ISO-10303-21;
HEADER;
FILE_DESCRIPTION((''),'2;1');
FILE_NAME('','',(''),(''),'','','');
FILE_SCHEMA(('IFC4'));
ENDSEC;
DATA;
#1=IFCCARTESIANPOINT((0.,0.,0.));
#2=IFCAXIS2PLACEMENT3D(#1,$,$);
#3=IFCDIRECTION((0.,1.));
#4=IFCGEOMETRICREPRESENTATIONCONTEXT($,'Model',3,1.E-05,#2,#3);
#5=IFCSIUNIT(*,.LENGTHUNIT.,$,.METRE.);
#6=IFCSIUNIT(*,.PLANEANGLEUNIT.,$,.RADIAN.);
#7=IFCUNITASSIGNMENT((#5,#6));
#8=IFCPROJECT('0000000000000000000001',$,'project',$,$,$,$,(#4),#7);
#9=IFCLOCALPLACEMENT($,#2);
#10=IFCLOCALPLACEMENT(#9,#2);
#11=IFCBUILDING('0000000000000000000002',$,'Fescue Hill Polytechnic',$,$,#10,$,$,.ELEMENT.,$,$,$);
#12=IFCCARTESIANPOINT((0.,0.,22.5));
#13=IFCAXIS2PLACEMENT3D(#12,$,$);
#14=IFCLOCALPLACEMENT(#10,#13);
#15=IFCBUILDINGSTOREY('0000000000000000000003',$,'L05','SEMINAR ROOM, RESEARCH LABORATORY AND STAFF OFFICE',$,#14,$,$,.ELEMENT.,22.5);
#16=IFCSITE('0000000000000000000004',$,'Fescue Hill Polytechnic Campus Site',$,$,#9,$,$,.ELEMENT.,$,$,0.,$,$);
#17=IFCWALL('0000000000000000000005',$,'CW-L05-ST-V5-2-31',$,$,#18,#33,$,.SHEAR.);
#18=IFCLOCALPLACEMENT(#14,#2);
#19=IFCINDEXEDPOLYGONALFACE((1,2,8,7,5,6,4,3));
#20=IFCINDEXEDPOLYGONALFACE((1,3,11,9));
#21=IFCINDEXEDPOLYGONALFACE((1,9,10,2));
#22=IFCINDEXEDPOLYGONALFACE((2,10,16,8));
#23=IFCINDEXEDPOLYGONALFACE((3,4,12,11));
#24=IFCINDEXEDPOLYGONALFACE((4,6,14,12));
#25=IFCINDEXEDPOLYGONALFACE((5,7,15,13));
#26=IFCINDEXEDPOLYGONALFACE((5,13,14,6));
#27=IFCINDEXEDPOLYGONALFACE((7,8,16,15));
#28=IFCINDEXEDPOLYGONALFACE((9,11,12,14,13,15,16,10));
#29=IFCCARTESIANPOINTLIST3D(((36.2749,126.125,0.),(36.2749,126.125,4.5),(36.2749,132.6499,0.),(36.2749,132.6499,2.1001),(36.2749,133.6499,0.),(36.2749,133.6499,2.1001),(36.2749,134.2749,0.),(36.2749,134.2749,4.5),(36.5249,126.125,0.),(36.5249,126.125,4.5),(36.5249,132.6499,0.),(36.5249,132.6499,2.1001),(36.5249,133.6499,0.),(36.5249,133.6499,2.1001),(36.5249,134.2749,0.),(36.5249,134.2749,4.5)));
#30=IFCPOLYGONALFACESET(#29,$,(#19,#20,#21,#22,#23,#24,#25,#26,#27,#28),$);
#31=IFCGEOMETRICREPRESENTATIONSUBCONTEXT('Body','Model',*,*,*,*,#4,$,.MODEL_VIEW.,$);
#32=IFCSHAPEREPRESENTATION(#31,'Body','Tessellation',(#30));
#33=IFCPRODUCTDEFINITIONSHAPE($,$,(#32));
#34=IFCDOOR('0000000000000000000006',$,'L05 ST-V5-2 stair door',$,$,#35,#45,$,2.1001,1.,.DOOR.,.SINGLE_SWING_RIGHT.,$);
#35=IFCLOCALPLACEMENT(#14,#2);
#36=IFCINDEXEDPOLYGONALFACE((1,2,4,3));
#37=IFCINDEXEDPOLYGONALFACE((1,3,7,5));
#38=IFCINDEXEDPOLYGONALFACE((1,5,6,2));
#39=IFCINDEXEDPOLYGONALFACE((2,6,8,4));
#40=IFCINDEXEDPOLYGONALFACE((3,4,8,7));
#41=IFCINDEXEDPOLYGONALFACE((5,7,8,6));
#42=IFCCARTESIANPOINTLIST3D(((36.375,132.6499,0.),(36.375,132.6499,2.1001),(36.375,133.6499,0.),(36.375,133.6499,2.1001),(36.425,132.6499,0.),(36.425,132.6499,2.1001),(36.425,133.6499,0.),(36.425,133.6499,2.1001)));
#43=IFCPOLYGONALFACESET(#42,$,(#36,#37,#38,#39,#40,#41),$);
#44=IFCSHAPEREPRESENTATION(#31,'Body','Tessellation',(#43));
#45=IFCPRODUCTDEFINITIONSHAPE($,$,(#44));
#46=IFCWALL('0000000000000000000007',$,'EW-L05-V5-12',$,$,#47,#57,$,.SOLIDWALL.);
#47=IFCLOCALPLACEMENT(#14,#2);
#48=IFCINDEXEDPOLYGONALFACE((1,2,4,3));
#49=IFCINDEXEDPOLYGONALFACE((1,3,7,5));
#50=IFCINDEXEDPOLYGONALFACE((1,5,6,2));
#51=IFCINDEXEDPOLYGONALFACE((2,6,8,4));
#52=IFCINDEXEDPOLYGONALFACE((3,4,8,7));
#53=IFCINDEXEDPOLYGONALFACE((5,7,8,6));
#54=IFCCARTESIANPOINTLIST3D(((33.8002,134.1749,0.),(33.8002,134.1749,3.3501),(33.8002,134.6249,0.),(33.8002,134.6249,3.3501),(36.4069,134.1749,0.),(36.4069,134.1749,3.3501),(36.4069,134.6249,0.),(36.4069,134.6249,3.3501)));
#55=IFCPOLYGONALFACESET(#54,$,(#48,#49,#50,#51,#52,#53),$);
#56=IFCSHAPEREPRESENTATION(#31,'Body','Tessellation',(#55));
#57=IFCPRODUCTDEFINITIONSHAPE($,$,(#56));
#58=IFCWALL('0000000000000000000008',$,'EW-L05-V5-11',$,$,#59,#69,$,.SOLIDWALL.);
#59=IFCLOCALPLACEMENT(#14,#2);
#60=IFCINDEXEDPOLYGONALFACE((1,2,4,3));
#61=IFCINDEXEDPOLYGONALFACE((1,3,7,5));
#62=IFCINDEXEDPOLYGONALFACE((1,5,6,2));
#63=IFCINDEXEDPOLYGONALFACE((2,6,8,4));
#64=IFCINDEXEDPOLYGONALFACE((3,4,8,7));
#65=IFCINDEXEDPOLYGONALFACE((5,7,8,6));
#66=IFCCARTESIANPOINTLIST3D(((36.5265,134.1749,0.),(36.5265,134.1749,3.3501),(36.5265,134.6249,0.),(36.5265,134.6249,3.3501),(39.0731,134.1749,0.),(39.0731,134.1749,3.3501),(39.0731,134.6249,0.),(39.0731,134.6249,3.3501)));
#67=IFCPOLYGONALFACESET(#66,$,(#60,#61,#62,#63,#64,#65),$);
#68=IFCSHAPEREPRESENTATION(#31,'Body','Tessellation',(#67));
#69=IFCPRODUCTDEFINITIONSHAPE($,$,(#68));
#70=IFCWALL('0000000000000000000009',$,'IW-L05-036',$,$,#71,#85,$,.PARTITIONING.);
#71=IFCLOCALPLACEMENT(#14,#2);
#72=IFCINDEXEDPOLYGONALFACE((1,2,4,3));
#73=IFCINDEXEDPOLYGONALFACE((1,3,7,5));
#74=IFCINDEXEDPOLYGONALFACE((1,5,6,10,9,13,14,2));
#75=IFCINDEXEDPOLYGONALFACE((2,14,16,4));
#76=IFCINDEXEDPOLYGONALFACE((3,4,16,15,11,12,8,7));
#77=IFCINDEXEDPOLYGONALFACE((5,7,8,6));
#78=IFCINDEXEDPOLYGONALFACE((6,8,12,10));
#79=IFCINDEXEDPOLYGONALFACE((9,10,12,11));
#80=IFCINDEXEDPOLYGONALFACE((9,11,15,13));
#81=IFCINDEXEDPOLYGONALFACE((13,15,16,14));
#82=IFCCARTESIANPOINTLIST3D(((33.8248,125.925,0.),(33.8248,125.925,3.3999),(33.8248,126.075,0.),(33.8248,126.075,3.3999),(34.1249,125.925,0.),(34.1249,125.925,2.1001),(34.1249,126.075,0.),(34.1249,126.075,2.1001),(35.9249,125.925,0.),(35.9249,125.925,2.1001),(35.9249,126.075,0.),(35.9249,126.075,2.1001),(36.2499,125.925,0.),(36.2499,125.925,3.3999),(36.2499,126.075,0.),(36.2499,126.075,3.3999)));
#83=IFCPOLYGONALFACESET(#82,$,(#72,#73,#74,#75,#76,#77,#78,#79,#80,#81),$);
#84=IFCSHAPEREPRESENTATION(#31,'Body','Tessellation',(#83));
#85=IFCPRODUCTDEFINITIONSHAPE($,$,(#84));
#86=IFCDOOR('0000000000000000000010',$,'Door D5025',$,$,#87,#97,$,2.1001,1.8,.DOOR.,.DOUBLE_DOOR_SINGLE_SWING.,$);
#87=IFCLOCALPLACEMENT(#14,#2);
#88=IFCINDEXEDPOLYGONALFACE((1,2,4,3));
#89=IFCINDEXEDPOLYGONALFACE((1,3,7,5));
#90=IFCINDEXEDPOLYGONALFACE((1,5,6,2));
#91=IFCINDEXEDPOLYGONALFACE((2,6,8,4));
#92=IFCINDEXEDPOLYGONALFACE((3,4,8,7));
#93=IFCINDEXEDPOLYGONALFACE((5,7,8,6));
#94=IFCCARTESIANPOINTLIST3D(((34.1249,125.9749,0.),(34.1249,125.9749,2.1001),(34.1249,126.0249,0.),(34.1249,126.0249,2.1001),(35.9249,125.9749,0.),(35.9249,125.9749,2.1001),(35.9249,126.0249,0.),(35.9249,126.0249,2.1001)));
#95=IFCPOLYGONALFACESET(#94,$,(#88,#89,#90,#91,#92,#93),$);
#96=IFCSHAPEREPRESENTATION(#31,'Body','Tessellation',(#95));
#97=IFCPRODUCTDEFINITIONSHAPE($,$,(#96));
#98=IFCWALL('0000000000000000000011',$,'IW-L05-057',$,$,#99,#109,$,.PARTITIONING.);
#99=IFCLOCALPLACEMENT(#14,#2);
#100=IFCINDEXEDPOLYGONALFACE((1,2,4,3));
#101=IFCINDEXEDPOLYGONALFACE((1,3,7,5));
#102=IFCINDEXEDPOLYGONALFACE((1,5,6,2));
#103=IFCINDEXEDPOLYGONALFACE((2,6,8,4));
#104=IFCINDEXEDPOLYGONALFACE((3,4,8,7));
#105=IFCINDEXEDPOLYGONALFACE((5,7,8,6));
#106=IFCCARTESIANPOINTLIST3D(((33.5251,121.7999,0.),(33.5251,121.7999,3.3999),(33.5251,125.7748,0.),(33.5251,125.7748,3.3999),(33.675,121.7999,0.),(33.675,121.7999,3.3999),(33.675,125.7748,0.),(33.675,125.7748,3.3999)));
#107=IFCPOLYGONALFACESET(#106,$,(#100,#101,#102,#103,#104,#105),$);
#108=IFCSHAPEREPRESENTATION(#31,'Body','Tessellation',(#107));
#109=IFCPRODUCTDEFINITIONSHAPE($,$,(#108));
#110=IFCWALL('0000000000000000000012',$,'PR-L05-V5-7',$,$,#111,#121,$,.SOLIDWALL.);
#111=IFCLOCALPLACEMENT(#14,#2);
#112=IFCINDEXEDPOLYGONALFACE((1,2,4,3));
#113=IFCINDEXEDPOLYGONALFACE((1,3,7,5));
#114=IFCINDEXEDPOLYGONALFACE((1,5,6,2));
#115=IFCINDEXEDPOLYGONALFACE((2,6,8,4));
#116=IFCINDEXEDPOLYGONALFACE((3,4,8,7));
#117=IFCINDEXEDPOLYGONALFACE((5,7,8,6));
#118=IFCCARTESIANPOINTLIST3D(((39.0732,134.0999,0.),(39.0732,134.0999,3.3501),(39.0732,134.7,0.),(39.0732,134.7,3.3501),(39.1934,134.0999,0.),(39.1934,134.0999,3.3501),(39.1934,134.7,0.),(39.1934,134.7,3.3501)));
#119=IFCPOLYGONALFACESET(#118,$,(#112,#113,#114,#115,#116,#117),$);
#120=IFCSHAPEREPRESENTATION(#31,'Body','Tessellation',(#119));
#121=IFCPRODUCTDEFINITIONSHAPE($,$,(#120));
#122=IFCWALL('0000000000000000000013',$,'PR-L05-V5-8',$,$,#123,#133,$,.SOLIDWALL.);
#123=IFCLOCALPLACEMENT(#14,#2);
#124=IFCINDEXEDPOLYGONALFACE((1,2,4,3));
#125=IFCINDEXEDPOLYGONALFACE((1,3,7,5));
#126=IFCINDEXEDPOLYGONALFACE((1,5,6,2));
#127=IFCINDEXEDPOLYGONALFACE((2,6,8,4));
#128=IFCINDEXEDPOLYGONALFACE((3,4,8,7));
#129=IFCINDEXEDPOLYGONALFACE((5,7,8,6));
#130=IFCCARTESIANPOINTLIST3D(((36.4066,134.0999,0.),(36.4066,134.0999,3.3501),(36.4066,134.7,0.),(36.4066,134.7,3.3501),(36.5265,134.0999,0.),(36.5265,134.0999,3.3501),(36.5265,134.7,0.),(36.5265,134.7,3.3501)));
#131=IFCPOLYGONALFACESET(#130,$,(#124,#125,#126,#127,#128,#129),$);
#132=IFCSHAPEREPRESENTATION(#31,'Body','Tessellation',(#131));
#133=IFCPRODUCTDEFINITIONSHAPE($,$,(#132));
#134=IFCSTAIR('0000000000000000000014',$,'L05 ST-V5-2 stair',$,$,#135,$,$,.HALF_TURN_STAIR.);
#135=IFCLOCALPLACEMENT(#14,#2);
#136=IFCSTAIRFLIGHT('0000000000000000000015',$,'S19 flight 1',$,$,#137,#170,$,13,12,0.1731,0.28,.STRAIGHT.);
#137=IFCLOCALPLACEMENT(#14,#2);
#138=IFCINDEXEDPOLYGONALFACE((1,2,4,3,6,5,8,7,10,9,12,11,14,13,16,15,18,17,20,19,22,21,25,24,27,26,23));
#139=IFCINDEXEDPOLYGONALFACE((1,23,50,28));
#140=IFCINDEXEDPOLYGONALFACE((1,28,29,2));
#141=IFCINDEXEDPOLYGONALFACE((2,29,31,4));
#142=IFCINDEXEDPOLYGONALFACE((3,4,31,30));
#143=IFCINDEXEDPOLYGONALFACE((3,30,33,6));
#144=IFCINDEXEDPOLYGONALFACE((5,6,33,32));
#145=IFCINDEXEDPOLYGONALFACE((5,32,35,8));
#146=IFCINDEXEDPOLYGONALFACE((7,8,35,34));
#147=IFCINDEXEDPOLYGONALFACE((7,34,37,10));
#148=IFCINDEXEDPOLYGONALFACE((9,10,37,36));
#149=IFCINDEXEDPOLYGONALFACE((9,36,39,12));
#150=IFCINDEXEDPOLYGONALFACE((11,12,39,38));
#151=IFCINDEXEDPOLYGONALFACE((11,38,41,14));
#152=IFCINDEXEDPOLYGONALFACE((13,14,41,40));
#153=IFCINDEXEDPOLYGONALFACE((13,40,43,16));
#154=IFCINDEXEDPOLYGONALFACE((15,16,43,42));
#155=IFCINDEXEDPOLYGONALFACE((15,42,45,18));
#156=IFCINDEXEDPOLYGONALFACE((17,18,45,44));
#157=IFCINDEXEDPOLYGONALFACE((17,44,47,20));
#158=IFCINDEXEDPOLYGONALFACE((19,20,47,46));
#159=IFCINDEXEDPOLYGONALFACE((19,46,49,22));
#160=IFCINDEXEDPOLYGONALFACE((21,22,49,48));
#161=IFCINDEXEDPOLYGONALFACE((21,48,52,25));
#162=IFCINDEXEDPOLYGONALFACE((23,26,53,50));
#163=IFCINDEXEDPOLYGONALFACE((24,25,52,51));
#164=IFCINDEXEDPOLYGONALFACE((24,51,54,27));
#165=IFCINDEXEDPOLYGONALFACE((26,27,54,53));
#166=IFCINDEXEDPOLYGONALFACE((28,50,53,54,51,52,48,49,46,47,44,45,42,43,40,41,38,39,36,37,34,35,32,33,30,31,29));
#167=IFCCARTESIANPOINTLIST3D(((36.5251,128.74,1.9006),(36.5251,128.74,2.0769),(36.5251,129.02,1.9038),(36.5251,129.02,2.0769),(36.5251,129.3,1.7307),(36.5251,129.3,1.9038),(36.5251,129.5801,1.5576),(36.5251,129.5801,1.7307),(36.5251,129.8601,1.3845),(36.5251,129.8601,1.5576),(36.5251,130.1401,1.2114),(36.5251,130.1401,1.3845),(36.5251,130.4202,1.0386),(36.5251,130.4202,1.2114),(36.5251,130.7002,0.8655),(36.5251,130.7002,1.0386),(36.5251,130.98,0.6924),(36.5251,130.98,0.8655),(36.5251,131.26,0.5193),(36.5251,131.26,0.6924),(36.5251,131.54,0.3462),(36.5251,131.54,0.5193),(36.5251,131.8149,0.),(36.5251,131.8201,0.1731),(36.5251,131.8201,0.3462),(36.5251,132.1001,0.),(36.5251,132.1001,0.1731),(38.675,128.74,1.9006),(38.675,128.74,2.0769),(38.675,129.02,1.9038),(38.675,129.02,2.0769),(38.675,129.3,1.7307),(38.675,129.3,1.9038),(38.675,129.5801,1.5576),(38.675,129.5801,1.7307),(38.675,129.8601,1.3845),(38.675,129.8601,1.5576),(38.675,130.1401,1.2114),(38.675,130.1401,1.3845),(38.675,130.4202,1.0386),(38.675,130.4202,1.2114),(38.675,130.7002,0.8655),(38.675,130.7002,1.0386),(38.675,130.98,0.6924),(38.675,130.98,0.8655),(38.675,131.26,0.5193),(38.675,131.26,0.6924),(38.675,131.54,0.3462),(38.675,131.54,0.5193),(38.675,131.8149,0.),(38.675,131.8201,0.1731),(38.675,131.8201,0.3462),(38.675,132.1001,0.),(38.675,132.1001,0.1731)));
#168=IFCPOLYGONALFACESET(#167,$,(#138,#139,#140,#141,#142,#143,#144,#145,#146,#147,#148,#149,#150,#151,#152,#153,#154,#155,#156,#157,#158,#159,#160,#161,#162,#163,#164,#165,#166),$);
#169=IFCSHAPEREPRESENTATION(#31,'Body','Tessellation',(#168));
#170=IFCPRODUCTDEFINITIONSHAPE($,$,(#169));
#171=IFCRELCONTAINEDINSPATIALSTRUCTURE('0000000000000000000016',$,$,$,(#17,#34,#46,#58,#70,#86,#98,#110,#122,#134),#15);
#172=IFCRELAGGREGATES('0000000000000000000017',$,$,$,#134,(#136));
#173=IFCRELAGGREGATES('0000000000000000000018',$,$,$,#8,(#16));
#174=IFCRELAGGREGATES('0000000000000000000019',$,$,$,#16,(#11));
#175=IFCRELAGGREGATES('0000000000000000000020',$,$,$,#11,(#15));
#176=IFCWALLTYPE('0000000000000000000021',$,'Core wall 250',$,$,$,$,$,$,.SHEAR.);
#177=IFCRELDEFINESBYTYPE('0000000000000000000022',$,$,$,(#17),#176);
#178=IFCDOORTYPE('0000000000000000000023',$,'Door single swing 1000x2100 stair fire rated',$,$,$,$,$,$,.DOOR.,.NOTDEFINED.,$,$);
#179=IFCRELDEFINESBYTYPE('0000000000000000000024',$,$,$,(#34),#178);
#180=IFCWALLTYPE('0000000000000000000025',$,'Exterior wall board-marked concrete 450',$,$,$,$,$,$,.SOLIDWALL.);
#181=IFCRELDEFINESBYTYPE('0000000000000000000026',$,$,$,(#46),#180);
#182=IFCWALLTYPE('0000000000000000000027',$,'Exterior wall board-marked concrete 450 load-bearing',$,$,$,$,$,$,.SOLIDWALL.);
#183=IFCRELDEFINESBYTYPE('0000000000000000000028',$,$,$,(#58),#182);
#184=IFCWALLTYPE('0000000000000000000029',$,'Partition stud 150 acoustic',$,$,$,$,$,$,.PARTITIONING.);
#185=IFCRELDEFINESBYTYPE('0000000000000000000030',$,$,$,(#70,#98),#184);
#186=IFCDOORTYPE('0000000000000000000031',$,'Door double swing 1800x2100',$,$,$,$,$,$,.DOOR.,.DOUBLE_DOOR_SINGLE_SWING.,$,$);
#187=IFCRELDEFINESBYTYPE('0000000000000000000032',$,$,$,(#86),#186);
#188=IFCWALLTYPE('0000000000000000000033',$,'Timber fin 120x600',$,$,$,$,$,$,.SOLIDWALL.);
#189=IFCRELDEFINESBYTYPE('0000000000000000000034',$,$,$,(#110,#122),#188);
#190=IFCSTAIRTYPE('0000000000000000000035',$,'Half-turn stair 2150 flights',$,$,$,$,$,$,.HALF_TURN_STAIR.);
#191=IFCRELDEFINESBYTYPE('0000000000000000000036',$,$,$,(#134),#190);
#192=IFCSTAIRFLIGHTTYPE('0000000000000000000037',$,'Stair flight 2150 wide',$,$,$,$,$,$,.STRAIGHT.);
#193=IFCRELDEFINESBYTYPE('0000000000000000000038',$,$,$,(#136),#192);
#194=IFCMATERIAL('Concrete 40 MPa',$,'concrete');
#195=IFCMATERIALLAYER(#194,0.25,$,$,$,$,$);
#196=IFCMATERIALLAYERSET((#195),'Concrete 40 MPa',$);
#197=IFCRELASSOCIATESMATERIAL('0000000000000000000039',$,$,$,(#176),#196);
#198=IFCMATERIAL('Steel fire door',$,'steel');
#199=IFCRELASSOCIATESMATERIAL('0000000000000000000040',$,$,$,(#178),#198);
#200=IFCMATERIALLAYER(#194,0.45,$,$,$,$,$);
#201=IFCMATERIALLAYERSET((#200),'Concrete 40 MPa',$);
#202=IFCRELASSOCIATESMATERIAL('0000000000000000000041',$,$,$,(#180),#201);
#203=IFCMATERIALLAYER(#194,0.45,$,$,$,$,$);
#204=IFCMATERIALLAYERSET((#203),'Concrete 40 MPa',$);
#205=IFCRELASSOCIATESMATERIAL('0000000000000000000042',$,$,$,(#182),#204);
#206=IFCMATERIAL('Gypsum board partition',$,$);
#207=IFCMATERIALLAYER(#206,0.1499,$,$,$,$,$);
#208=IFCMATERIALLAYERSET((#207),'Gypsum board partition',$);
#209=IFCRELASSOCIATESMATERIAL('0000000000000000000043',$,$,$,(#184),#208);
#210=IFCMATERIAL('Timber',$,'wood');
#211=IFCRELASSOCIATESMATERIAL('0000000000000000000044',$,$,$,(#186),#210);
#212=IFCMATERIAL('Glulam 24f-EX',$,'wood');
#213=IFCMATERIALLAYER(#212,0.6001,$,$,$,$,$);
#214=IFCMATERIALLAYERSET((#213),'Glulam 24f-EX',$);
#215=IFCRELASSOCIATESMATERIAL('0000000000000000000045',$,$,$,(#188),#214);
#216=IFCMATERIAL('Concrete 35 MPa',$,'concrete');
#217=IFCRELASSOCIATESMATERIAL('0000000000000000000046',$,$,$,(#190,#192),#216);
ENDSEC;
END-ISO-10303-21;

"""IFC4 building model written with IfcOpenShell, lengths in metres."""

from ifc_helpers import new_model, si_unit, direction, frame, frame_2d, origin, place, context, subcontext, project, spatial, polyline, rectangle, outline, extrude, material, layer, layer_set, type_object, element, fill, aggregate, save


model = new_model("IFC4")

# Units and contexts
model_context = context("Model", 3, precision=1e-05, world=origin(), true_north=direction((0.0, 1.0)))
body_context = subcontext(model_context, "Body", "Model", "MODEL_VIEW")
ifc_project = project(units=[si_unit("LENGTHUNIT", "METRE"), si_unit("PLANEANGLEUNIT", "RADIAN")], contexts=[model_context])

# Site, building, storey
site_placement = place(None, origin())
site = spatial("IfcSite", under=ifc_project, at=site_placement, Name="Fescue Hill Polytechnic Campus Site", CompositionType="ELEMENT", RefElevation=0.0)
building_placement = place(site_placement, origin())
building = spatial("IfcBuilding", under=site, at=building_placement, Name="Fescue Hill Polytechnic", CompositionType="ELEMENT")
storey_placement = place(building_placement, frame((0.0, 0.0, 22.5)))
storey = spatial("IfcBuildingStorey", under=building, at=storey_placement, Name="L05", Description="SEMINAR ROOM, RESEARCH LABORATORY AND STAFF OFFICE", CompositionType="ELEMENT", Elevation=22.5)

# Shared definitions
ifc_material_1 = material(Name="Concrete 40 MPa", Category="concrete")

# Shared definitions
ifc_material_2 = material(Name="Concrete 35 MPa", Category="concrete")

# Shared definitions
ifc_layer_1 = layer(ifc_material_1, 0.25)
ifc_layer_set_1 = layer_set([ifc_layer_1], Name="Concrete 40 MPa")
wall_type_1 = type_object("IfcWallType", Name="Core wall 250", PredefinedType="SHEAR", material=ifc_layer_set_1)

# Wall, opening, door
wall_1_placement = place(storey_placement, frame((36.3999, 126.125, 0.0), z_axis=(0.0, 0.0, 1.0), x_axis=(0.0, 1.0, 0.0)))
wall_1 = element("IfcWall", 1, at=wall_1_placement, inside=storey, type_object=wall_type_1, Name="CW-L05-ST-V5-2-31", PredefinedType="SHEAR", context=body_context, shape_type="SweptSolid", body=[
    extrude(rectangle(XDim=8.1499, YDim=0.25, at=frame_2d((4.075, 0.0))), origin(), (0.0, 0.0, 1.0), 4.5),
])
opening_1_placement = place(wall_1_placement, frame((6.5249, 0.0, 0.0)))
opening_1 = element("IfcOpeningElement", 2, at=opening_1_placement, cuts=wall_1, PredefinedType="OPENING", context=body_context, shape_type="SweptSolid", body=[
    extrude(rectangle(XDim=1.0, YDim=2.1001, at=frame_2d((0.5, 1.05))), frame((0.0, 0.135, 0.0), z_axis=(0.0, -1.0, 0.0), x_axis=(1.0, 0.0, 0.0)), (0.0, 0.0, 1.0), 0.27),
])
ifc_material_3 = material(Name="Steel fire door", Category="steel")
door_type_1 = type_object("IfcDoorType", Name="Door single swing 1000x2100 stair fire rated", OperationType="NOTDEFINED", PredefinedType="DOOR", material=ifc_material_3)
door_1_placement = place(opening_1_placement, origin())
door_1 = element("IfcDoor", 3, at=door_1_placement, inside=storey, type_object=door_type_1, Name="L05 ST-V5-2 stair door", OperationType="SINGLE_SWING_RIGHT", OverallHeight=2.1001, OverallWidth=1.0, PredefinedType="DOOR", context=body_context, shape_type="SweptSolid", body=[
    extrude(rectangle(XDim=1.0, YDim=2.1001, at=frame_2d((0.5, 1.05))), frame((0.0, 0.0249, 0.0), z_axis=(0.0, -1.0, 0.0), x_axis=(1.0, 0.0, 0.0)), (0.0, 0.0, 1.0), 0.05),
])
fill(opening_1, door_1)

# Walls
ifc_layer_2 = layer(ifc_material_1, 0.45)
ifc_layer_set_2 = layer_set([ifc_layer_2], Name="Concrete 40 MPa")
wall_type_2 = type_object("IfcWallType", Name="Exterior wall board-marked concrete 450", PredefinedType="SOLIDWALL", material=ifc_layer_set_2)
wall_2_placement = place(storey_placement, frame((36.4067, 134.3999, 0.0), z_axis=(0.0, 0.0, 1.0), x_axis=(-1.0, 0.0, 0.0)))
element("IfcWall", 4, at=wall_2_placement, inside=storey, type_object=wall_type_2, Name="EW-L05-V5-12", PredefinedType="SOLIDWALL", context=body_context, shape_type="SweptSolid", body=[
    extrude(rectangle(XDim=2.6067, YDim=0.45, at=frame_2d((1.3032, 0.0))), origin(), (0.0, 0.0, 1.0), 3.3501),
])
ifc_layer_3 = layer(ifc_material_1, 0.45)
ifc_layer_set_3 = layer_set([ifc_layer_3], Name="Concrete 40 MPa")
wall_type_3 = type_object("IfcWallType", Name="Exterior wall board-marked concrete 450 load-bearing", PredefinedType="SOLIDWALL", material=ifc_layer_set_3)
wall_3_placement = place(storey_placement, frame((39.0732, 134.3999, 0.0), z_axis=(0.0, 0.0, 1.0), x_axis=(-1.0, 0.0, 0.0)))
element("IfcWall", 5, at=wall_3_placement, inside=storey, type_object=wall_type_3, Name="EW-L05-V5-11", PredefinedType="SOLIDWALL", context=body_context, shape_type="SweptSolid", body=[
    extrude(rectangle(XDim=2.5466, YDim=0.45, at=frame_2d((1.2734, 0.0))), origin(), (0.0, 0.0, 1.0), 3.3501),
])

# Wall, opening, door
ifc_material_4 = material(Name="Gypsum board partition")
ifc_layer_4 = layer(ifc_material_4, 0.1499)
ifc_layer_set_4 = layer_set([ifc_layer_4], Name="Gypsum board partition")
wall_type_4 = type_object("IfcWallType", Name="Partition stud 150 acoustic", PredefinedType="PARTITIONING", material=ifc_layer_set_4)
wall_4_placement = place(storey_placement, frame((33.825, 126.0, 0.0), z_axis=(0.0, 0.0, 1.0), x_axis=(1.0, 0.0, 0.0)))
wall_4 = element("IfcWall", 6, at=wall_4_placement, inside=storey, type_object=wall_type_4, Name="IW-L05-036", PredefinedType="PARTITIONING", context=body_context, shape_type="SweptSolid", body=[
    extrude(rectangle(XDim=2.425, YDim=0.1499, at=frame_2d((1.2124, 0.0))), origin(), (0.0, 0.0, 1.0), 3.3999),
])
opening_2_placement = place(wall_4_placement, frame((0.3, 0.0, 0.0)))
opening_2 = element("IfcOpeningElement", 7, at=opening_2_placement, cuts=wall_4, PredefinedType="OPENING", context=body_context, shape_type="SweptSolid", body=[
    extrude(rectangle(XDim=1.8, YDim=2.1001, at=frame_2d((0.8999, 1.05))), frame((0.0, 0.085, 0.0), z_axis=(0.0, -1.0, 0.0), x_axis=(1.0, 0.0, 0.0)), (0.0, 0.0, 1.0), 0.1699),
])
ifc_material_5 = material(Name="Timber", Category="wood")
door_type_2 = type_object("IfcDoorType", Name="Door double swing 1800x2100", OperationType="DOUBLE_DOOR_SINGLE_SWING", PredefinedType="DOOR", material=ifc_material_5)
door_2_placement = place(opening_2_placement, origin())
door_2 = element("IfcDoor", 8, at=door_2_placement, inside=storey, type_object=door_type_2, Name="Door D5025", OperationType="DOUBLE_DOOR_SINGLE_SWING", OverallHeight=2.1001, OverallWidth=1.8, PredefinedType="DOOR", context=body_context, shape_type="SweptSolid", body=[
    extrude(rectangle(XDim=1.8, YDim=2.1001, at=frame_2d((0.8999, 1.05))), frame((0.0, 0.0249, 0.0), z_axis=(0.0, -1.0, 0.0), x_axis=(1.0, 0.0, 0.0)), (0.0, 0.0, 1.0), 0.05),
])
fill(opening_2, door_2)

# Walls
wall_5_placement = place(storey_placement, frame((33.6001, 121.8, 0.0), z_axis=(0.0, 0.0, 1.0), x_axis=(0.0, 1.0, 0.0)))
element("IfcWall", 9, at=wall_5_placement, inside=storey, type_object=wall_type_4, Name="IW-L05-057", PredefinedType="PARTITIONING", context=body_context, shape_type="SweptSolid", body=[
    extrude(rectangle(XDim=3.9749, YDim=0.1499, at=frame_2d((1.9873, 0.0))), origin(), (0.0, 0.0, 1.0), 3.3999),
])
ifc_material_6 = material(Name="Glulam 24f-EX", Category="wood")
ifc_layer_5 = layer(ifc_material_6, 0.6001)
ifc_layer_set_5 = layer_set([ifc_layer_5], Name="Glulam 24f-EX")
wall_type_5 = type_object("IfcWallType", Name="Timber fin 120x600", PredefinedType="SOLIDWALL", material=ifc_layer_set_5)
wall_6_placement = place(storey_placement, frame((39.1934, 134.3999, 0.0), z_axis=(0.0, 0.0, 1.0), x_axis=(-1.0, 0.0, 0.0)))
element("IfcWall", 10, at=wall_6_placement, inside=storey, type_object=wall_type_5, Name="PR-L05-V5-7", PredefinedType="SOLIDWALL", context=body_context, shape_type="SweptSolid", body=[
    extrude(rectangle(XDim=0.1201, YDim=0.6001, at=frame_2d((0.0601, 0.0))), origin(), (0.0, 0.0, 1.0), 3.3501),
])
wall_7_placement = place(storey_placement, frame((36.5266, 134.3999, 0.0), z_axis=(0.0, 0.0, 1.0), x_axis=(-1.0, 0.0, 0.0)))
element("IfcWall", 11, at=wall_7_placement, inside=storey, type_object=wall_type_5, Name="PR-L05-V5-8", PredefinedType="SOLIDWALL", context=body_context, shape_type="SweptSolid", body=[
    extrude(rectangle(XDim=0.1199, YDim=0.6001, at=frame_2d((0.0601, 0.0))), origin(), (0.0, 0.0, 1.0), 3.3501),
])

# Stair, stair flight
stair_type = type_object("IfcStairType", Name="Half-turn stair 2150 flights", PredefinedType="HALF_TURN_STAIR", material=ifc_material_2)
stair_placement = place(storey_placement, origin())
stair = element("IfcStair", 12, at=stair_placement, inside=storey, type_object=stair_type, Name="L05 ST-V5-2 stair", PredefinedType="HALF_TURN_STAIR")
stair_flight_type = type_object("IfcStairFlightType", Name="Stair flight 2150 wide", PredefinedType="STRAIGHT", material=ifc_material_2)
stair_flight_placement = place(storey_placement, frame((37.6001, 132.1001, 0.0), z_axis=(0.0, 0.0, 1.0), x_axis=(0.0, -1.0, 0.0)))
stair_flight = element("IfcStairFlight", 13, at=stair_flight_placement, type_object=stair_flight_type, Name="S19 flight 1", NumberOfRisers=13, NumberOfTreads=12, PredefinedType="STRAIGHT", RiserHeight=0.1731, TreadLength=0.28, context=body_context, shape_type="SweptSolid", body=[
    extrude(outline(polyline([(0.0, 0.0), (0.0, 0.1731), (0.28, 0.1731), (0.28, 0.3462), (0.5601, 0.3462), (0.5601, 0.5193), (0.8401, 0.5193), (0.8401, 0.6924), (1.1201, 0.6924), (1.1201, 0.8655), (1.3999, 0.8655), (1.3999, 1.0386), (1.6799, 1.0386), (1.6799, 1.2114), (1.96, 1.2114), (1.96, 1.3845), (2.24, 1.3845), (2.24, 1.5576), (2.52, 1.5576), (2.52, 1.7307), (2.8, 1.7307), (2.8, 1.9038), (3.0801, 1.9038), (3.0801, 2.0769), (3.3601, 2.0769), (3.3601, 2.25), (3.3601, 1.9006), (0.2852, 0.0), (0.0, 0.0)])), frame((0.0, 1.075, 0.0), z_axis=(0.0, -1.0, 0.0), x_axis=(1.0, 0.0, 0.0)), (0.0, 0.0, 1.0), 2.1499),
])
aggregate(stair, [stair_flight])

save(model, "model.ifc")
